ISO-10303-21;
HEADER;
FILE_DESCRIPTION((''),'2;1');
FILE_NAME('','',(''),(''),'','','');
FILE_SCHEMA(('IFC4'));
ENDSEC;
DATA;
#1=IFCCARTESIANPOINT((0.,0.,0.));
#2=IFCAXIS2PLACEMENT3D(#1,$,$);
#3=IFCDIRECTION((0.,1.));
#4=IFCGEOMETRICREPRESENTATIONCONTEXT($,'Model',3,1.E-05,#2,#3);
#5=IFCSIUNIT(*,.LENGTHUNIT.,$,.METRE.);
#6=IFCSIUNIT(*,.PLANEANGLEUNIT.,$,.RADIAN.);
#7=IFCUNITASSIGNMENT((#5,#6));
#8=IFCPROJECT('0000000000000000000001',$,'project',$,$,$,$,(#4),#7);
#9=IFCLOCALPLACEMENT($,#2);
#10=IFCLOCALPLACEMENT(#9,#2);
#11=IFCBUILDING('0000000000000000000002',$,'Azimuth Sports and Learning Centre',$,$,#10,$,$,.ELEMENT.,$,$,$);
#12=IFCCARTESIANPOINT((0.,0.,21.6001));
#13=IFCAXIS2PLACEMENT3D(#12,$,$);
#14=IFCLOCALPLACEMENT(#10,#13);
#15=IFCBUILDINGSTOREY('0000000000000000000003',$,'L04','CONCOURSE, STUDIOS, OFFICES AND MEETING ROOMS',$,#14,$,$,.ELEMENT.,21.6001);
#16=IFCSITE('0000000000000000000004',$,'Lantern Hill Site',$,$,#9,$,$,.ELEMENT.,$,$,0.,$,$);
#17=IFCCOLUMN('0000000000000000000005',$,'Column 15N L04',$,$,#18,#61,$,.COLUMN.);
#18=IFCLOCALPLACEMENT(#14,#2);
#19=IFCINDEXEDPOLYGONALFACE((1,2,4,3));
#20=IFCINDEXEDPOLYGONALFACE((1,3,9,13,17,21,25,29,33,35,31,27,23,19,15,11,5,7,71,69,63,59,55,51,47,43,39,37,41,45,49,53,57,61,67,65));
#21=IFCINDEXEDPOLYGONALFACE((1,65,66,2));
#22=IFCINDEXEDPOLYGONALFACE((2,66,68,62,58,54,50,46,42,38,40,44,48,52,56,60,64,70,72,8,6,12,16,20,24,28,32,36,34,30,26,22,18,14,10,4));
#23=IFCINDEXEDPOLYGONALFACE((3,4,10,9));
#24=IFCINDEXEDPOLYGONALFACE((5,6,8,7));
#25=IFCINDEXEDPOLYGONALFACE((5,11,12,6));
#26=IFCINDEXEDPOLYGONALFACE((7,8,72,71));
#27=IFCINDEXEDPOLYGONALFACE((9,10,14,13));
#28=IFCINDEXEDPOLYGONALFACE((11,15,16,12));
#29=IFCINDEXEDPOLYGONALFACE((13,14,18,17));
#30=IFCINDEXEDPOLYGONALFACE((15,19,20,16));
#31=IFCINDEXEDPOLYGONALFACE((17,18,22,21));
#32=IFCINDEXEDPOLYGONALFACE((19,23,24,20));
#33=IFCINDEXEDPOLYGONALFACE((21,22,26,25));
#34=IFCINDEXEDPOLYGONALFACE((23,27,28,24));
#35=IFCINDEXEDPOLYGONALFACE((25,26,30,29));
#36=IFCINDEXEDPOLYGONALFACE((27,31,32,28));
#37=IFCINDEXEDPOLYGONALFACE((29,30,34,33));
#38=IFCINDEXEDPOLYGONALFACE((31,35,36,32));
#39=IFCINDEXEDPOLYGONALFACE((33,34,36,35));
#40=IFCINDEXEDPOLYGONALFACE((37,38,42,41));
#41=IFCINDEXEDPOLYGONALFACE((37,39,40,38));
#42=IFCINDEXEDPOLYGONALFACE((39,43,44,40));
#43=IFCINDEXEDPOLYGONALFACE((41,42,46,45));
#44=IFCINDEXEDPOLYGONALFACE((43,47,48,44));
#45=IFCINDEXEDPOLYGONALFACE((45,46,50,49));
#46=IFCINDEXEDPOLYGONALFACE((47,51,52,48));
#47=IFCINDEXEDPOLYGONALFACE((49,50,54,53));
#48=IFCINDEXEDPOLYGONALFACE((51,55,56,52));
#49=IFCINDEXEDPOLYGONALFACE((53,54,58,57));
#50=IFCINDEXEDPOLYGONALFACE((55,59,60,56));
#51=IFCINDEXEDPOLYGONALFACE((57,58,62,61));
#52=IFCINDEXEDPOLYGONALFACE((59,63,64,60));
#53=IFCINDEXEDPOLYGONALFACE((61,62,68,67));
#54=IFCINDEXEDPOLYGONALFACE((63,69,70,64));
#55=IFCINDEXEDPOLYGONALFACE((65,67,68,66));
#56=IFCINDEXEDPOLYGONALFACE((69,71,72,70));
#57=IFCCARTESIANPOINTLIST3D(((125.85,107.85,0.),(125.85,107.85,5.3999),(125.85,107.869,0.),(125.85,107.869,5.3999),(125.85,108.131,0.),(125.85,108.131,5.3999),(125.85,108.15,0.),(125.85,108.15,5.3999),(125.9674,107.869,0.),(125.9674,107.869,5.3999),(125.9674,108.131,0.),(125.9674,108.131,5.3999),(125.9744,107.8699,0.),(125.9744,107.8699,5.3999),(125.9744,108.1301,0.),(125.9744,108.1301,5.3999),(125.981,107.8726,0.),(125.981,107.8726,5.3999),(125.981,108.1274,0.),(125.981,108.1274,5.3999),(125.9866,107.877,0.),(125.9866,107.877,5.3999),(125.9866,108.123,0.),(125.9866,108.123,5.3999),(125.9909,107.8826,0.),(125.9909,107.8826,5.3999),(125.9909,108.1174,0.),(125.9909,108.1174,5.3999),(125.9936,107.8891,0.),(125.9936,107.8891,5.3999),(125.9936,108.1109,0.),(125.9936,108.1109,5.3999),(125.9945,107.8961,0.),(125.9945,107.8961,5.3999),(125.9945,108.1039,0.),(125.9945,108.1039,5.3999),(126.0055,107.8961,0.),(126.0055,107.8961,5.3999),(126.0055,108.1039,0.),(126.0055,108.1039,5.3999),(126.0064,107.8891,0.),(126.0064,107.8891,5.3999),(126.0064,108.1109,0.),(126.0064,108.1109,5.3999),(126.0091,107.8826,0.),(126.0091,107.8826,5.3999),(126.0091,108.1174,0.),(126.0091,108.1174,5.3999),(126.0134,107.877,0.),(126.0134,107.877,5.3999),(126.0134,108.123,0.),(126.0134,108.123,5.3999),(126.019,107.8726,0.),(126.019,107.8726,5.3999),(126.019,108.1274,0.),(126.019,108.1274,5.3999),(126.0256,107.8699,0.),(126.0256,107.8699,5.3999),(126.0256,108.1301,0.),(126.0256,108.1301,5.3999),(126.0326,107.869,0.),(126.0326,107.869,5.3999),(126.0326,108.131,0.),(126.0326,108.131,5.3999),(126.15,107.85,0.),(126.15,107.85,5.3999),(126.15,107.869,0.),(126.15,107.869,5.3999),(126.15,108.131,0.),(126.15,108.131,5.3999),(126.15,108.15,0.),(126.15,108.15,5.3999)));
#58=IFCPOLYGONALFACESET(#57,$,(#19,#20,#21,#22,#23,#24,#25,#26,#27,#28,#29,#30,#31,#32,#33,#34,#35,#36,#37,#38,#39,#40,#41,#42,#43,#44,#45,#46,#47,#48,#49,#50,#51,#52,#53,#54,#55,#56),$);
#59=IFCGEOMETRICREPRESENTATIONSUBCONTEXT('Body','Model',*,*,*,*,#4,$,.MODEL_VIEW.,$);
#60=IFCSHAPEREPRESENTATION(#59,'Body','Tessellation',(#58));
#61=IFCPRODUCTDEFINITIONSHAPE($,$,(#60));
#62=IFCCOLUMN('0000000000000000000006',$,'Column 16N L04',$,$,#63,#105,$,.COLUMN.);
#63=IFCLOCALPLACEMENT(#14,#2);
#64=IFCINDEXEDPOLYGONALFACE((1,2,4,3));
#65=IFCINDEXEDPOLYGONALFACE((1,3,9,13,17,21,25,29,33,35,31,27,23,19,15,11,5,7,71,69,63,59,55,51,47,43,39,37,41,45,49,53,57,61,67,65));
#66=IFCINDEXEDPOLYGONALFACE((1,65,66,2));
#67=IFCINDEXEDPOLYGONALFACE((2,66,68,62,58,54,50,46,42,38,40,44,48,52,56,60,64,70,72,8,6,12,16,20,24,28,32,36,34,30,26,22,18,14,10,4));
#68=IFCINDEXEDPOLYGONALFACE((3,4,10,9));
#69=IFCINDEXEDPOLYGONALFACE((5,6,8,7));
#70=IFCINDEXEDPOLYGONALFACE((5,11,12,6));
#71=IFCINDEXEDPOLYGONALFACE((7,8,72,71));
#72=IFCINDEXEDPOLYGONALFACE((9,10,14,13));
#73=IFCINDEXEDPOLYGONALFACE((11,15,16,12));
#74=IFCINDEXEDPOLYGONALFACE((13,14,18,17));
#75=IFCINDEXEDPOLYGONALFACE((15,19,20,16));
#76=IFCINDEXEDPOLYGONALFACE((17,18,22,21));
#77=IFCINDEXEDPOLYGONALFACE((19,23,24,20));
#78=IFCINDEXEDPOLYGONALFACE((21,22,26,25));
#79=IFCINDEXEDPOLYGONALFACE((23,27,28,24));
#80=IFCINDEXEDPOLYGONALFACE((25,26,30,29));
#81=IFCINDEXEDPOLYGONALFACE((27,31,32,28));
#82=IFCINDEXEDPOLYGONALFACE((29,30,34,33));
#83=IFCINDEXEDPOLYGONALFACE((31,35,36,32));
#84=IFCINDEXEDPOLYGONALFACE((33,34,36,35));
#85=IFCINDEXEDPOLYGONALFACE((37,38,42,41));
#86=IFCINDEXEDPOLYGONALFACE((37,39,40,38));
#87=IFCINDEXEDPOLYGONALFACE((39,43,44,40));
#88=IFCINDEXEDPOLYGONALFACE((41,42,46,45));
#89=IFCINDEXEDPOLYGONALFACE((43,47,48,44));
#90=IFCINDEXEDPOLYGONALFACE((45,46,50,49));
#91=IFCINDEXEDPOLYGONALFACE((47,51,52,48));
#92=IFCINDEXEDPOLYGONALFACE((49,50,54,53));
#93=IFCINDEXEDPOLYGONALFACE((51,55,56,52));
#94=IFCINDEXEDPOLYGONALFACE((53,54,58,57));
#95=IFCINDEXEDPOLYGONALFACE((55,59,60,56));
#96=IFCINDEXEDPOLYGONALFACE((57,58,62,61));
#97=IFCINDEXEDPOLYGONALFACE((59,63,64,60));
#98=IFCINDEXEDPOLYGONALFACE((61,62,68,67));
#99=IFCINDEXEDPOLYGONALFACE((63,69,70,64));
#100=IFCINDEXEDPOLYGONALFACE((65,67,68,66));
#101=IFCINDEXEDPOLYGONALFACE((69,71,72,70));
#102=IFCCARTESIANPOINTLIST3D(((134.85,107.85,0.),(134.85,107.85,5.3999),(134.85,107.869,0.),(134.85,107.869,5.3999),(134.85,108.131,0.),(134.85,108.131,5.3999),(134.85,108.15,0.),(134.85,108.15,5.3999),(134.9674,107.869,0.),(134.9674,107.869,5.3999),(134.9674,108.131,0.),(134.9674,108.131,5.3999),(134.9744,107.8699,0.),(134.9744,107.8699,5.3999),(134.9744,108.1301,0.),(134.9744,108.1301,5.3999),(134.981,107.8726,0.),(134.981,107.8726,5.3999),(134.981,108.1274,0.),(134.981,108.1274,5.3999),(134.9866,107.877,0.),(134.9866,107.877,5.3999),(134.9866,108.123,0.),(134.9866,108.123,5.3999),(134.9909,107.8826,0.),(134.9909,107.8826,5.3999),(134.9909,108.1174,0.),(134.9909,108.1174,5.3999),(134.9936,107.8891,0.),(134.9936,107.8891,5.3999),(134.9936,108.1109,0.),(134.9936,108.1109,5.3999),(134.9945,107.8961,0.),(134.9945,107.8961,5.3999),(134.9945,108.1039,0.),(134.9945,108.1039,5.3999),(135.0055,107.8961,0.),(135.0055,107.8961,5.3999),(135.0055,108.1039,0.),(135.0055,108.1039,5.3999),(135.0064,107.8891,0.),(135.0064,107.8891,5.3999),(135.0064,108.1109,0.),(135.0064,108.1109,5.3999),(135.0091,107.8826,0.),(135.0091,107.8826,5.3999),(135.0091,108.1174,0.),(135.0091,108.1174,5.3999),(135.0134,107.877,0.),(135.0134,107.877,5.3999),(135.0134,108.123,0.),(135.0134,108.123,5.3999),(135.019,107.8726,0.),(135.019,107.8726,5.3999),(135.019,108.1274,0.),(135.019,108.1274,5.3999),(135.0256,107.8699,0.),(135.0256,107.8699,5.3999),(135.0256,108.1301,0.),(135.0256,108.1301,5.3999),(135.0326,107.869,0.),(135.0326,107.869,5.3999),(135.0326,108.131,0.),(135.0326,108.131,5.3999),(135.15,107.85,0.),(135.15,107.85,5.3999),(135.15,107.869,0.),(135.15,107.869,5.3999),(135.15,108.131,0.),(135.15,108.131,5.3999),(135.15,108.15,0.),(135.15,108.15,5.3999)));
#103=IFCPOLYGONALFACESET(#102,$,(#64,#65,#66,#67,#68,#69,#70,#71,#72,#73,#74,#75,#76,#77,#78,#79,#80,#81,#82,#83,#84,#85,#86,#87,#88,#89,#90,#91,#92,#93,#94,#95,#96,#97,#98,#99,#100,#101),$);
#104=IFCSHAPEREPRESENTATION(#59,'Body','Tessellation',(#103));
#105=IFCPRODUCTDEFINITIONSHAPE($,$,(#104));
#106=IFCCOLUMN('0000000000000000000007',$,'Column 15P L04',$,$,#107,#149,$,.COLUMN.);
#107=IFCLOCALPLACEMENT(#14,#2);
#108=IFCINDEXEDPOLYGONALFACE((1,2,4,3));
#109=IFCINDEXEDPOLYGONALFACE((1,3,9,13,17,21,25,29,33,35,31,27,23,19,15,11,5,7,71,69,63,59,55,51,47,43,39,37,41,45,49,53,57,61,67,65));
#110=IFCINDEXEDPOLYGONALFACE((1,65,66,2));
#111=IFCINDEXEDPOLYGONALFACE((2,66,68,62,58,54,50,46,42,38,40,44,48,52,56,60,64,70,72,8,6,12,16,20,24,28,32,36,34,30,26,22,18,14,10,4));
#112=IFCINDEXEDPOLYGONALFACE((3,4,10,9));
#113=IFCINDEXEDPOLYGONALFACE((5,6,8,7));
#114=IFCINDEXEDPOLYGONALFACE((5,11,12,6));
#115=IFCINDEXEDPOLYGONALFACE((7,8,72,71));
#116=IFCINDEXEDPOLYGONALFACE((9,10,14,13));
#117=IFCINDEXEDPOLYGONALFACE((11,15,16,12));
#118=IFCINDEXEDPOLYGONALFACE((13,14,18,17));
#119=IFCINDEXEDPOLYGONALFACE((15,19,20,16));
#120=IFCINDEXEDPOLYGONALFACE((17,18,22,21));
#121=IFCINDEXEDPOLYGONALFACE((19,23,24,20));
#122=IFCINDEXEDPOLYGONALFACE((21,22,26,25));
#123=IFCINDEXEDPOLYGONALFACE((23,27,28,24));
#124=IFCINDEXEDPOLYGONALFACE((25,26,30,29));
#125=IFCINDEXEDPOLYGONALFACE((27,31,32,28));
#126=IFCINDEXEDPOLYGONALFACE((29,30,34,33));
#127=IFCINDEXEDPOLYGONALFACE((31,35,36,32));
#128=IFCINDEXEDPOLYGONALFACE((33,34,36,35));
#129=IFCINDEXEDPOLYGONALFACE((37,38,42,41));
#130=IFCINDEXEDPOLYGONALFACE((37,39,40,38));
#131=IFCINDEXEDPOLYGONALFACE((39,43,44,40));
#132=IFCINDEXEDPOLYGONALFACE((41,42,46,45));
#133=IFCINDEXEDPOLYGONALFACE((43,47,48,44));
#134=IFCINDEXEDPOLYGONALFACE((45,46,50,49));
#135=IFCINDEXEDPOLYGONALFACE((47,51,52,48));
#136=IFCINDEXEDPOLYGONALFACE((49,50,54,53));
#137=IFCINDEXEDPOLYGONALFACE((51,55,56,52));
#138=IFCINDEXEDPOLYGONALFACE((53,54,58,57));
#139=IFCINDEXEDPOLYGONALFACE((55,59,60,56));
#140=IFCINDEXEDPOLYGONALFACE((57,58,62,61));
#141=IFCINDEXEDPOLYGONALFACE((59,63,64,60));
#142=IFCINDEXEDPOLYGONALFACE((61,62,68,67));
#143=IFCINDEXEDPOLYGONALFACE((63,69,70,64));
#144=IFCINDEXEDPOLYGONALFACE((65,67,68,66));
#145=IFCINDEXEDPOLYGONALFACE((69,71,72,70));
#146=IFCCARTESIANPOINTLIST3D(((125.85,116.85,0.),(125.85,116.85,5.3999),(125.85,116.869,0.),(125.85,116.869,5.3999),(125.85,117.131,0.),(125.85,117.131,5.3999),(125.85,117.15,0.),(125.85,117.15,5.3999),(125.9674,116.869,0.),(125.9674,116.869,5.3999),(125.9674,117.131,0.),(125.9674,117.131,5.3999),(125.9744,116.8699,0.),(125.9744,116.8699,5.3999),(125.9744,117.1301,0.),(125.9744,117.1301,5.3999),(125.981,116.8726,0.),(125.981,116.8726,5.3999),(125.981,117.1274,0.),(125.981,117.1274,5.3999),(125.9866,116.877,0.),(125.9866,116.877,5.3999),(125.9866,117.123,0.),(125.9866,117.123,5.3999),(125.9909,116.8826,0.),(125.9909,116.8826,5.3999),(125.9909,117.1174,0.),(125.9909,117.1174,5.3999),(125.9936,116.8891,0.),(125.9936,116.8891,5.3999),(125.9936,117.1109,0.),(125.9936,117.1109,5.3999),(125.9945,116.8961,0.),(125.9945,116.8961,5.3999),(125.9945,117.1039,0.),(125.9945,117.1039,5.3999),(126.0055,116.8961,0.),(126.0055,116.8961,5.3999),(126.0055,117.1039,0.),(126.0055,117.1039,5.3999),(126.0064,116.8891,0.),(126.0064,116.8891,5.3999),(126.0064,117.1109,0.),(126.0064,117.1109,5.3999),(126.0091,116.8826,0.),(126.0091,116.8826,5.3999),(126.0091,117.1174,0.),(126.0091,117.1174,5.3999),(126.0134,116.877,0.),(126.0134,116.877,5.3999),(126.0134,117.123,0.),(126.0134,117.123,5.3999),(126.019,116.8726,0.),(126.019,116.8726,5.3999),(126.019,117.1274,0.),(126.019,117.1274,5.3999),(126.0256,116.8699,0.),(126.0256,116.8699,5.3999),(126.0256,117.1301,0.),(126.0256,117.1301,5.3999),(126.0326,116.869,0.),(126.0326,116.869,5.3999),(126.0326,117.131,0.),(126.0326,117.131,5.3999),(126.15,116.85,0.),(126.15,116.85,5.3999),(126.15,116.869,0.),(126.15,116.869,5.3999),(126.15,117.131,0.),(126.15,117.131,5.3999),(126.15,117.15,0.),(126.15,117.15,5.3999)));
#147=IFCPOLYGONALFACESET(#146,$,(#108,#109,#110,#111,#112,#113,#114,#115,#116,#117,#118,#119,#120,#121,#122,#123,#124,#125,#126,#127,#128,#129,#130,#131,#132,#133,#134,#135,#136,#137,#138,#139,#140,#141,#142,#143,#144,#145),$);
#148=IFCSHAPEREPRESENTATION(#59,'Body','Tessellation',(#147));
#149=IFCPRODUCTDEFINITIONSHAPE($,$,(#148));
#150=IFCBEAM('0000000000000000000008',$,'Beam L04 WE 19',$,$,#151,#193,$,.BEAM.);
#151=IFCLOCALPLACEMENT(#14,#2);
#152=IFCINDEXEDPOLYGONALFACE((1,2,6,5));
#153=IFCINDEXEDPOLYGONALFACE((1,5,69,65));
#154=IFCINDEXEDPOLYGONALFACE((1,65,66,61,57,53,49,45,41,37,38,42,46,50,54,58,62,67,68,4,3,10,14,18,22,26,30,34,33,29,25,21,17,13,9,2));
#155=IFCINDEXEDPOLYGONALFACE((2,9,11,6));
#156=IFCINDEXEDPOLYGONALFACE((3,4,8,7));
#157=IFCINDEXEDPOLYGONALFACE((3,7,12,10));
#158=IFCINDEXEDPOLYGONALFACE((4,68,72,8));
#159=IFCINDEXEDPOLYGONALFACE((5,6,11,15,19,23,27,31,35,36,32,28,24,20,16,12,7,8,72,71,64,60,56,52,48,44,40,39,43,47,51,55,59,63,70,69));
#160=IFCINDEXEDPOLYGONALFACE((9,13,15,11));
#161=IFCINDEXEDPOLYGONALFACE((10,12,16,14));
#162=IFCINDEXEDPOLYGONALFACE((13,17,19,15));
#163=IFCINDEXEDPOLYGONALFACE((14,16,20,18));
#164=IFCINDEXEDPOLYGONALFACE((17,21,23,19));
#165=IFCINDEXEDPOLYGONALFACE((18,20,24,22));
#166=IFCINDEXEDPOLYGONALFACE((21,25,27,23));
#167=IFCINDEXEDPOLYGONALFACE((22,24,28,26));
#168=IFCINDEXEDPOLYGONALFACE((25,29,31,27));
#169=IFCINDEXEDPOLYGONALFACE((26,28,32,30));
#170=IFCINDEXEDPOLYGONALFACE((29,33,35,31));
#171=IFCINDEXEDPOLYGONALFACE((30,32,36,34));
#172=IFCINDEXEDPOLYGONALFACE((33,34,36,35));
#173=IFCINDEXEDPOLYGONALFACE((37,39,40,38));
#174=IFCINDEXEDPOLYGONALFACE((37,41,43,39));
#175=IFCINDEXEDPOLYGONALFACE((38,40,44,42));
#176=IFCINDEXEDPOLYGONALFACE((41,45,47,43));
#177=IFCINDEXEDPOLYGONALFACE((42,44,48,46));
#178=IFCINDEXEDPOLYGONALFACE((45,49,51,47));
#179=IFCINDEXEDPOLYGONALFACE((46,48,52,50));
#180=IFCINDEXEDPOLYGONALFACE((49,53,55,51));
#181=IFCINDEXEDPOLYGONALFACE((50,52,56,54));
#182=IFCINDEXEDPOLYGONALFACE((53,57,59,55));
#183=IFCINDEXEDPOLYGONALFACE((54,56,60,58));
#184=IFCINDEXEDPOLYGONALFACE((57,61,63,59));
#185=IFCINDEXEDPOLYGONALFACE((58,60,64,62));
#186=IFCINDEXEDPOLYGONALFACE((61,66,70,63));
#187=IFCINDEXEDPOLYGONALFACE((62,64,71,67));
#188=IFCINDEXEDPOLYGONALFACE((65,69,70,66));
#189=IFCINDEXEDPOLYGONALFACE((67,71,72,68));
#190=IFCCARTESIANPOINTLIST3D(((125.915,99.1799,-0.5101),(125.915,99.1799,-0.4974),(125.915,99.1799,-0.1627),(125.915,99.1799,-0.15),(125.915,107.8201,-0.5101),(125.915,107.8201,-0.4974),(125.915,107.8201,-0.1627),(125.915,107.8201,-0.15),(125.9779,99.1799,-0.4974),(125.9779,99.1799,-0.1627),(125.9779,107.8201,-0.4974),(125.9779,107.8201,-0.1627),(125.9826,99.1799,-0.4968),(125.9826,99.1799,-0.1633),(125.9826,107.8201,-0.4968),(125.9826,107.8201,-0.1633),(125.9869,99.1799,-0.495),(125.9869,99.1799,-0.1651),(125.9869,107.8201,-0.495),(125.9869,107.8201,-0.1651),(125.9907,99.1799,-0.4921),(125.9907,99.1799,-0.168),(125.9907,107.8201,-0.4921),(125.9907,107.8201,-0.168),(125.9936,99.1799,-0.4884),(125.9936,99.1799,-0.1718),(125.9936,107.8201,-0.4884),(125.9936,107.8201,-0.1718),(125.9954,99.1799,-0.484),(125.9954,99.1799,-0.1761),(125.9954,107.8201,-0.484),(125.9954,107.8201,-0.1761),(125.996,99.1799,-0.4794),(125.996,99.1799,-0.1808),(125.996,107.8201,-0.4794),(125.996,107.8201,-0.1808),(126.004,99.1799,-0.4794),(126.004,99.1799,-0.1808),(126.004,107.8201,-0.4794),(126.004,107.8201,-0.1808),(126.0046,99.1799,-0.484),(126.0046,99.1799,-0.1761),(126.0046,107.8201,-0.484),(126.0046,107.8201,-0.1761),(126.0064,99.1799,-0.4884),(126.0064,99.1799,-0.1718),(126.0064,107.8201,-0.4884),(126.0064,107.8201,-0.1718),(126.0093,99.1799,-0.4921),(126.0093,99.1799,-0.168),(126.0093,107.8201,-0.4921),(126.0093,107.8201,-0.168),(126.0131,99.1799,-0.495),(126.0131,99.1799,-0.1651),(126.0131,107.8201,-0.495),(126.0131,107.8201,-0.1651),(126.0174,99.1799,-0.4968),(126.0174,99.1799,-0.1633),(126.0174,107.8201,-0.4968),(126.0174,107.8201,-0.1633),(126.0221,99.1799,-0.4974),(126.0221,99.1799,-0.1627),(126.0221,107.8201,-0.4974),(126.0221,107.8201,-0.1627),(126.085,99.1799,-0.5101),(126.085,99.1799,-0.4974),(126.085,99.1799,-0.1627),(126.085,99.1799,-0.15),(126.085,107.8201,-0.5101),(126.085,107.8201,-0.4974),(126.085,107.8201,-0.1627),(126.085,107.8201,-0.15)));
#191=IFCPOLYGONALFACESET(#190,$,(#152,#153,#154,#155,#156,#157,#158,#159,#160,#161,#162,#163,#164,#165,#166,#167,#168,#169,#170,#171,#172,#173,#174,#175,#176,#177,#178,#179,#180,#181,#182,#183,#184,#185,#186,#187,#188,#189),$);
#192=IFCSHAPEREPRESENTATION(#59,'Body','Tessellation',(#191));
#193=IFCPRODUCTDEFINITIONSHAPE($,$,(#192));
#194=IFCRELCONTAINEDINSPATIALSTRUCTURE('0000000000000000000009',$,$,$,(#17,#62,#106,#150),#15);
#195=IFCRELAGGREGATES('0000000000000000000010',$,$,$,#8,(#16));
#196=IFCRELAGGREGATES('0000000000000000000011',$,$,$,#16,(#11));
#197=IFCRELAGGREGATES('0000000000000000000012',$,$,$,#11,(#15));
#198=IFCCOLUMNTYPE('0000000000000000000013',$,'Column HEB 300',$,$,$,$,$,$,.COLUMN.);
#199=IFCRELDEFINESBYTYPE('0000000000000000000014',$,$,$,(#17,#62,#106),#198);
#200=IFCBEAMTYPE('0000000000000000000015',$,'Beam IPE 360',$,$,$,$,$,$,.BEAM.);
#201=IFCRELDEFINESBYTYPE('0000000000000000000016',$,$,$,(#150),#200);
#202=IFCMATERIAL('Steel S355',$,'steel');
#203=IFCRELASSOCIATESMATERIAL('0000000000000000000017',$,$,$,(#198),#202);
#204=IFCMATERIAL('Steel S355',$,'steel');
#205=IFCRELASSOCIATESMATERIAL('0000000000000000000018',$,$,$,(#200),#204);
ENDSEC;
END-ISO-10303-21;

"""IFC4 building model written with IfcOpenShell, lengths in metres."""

from ifc_helpers import new_model, si_unit, direction, frame, origin, origin_2d, place, context, subcontext, project, spatial, i_section, extrude, material, material_profile, profile_set, type_object, element, save


model = new_model("IFC4")

# Units and contexts
model_context = context("Model", 3, precision=1e-05, world=origin(), true_north=direction((0.0, 1.0)))
body_context = subcontext(model_context, "Body", "Model", "MODEL_VIEW")
ifc_project = project(units=[si_unit("LENGTHUNIT", "METRE"), si_unit("PLANEANGLEUNIT", "RADIAN")], contexts=[model_context])

# Site, building, storey
site_placement = place(None, origin())
site = spatial("IfcSite", under=ifc_project, at=site_placement, Name="Lantern Hill Site", CompositionType="ELEMENT", RefElevation=0.0)
building_placement = place(site_placement, origin())
building = spatial("IfcBuilding", under=site, at=building_placement, Name="Azimuth Sports and Learning Centre", CompositionType="ELEMENT")
storey_placement = place(building_placement, frame((0.0, 0.0, 21.6001)))
storey = spatial("IfcBuildingStorey", under=building, at=storey_placement, Name="L04", Description="CONCOURSE, STUDIOS, OFFICES AND MEETING ROOMS", CompositionType="ELEMENT", Elevation=21.6001)

# Columns
ifc_material_1 = material(Name="Steel S355", Category="steel")
ifc_material_profile_1 = material_profile(ifc_material_1, i_section(OverallWidth=0.3, OverallDepth=0.3, WebThickness=0.011, FlangeThickness=0.019, FilletRadius=0.0271, at=origin_2d()), Name="HEB 300")
ifc_profile_set_1 = profile_set([ifc_material_profile_1], Name="Steel S355")
column_type = type_object("IfcColumnType", Name="Column HEB 300", PredefinedType="COLUMN", material=ifc_profile_set_1)
for number, where, z_axis, x_axis, name in (
    (1, (126.0, 108.0, 0.0), (0.0, 0.0, 1.0), (1.0, 0.0, 0.0), "Column 15N L04"),
    (2, (135.0, 108.0, 0.0), (0.0, 0.0, 1.0), (1.0, 0.0, 0.0), "Column 16N L04"),
    (3, (126.0, 117.0, 0.0), (0.0, 0.0, 1.0), (1.0, 0.0, 0.0), "Column 15P L04"),
):
    element("IfcColumn", number, at=place(storey_placement, frame(where, z_axis=z_axis, x_axis=x_axis)), inside=storey, type_object=column_type, Name=name, PredefinedType="COLUMN", context=body_context, shape_type="SweptSolid", body=[
        extrude(i_section(OverallWidth=0.3, OverallDepth=0.3, WebThickness=0.011, FlangeThickness=0.019, FilletRadius=0.0271, at=origin_2d()), origin(), (0.0, 0.0, 1.0), 5.3999),
    ])

# Beam
ifc_material_2 = material(Name="Steel S355", Category="steel")
ifc_material_profile_2 = material_profile(ifc_material_2, i_section(OverallWidth=0.1699, OverallDepth=0.3601, WebThickness=0.0081, FlangeThickness=0.0127, FilletRadius=0.0181, at=origin_2d()), Name="IPE 360")
ifc_profile_set_2 = profile_set([ifc_material_profile_2], Name="Steel S355")
beam_type_1 = type_object("IfcBeamType", Name="Beam IPE 360", PredefinedType="BEAM", material=ifc_profile_set_2)
for number, where, z_axis, x_axis, name in (
    (4, (126.0, 99.1799, -0.3301), (0.0, 1.0, 0.0), (-1.0, 0.0, 0.0), "Beam L04 WE 19"),
):
    element("IfcBeam", number, at=place(storey_placement, frame(where, z_axis=z_axis, x_axis=x_axis)), inside=storey, type_object=beam_type_1, Name=name, PredefinedType="BEAM", context=body_context, shape_type="SweptSolid", body=[
        extrude(i_section(OverallWidth=0.1699, OverallDepth=0.3601, WebThickness=0.0081, FlangeThickness=0.0127, FilletRadius=0.0181, at=origin_2d()), origin(), (0.0, 0.0, 1.0), 8.6401),
    ])

save(model, "model.ifc")
